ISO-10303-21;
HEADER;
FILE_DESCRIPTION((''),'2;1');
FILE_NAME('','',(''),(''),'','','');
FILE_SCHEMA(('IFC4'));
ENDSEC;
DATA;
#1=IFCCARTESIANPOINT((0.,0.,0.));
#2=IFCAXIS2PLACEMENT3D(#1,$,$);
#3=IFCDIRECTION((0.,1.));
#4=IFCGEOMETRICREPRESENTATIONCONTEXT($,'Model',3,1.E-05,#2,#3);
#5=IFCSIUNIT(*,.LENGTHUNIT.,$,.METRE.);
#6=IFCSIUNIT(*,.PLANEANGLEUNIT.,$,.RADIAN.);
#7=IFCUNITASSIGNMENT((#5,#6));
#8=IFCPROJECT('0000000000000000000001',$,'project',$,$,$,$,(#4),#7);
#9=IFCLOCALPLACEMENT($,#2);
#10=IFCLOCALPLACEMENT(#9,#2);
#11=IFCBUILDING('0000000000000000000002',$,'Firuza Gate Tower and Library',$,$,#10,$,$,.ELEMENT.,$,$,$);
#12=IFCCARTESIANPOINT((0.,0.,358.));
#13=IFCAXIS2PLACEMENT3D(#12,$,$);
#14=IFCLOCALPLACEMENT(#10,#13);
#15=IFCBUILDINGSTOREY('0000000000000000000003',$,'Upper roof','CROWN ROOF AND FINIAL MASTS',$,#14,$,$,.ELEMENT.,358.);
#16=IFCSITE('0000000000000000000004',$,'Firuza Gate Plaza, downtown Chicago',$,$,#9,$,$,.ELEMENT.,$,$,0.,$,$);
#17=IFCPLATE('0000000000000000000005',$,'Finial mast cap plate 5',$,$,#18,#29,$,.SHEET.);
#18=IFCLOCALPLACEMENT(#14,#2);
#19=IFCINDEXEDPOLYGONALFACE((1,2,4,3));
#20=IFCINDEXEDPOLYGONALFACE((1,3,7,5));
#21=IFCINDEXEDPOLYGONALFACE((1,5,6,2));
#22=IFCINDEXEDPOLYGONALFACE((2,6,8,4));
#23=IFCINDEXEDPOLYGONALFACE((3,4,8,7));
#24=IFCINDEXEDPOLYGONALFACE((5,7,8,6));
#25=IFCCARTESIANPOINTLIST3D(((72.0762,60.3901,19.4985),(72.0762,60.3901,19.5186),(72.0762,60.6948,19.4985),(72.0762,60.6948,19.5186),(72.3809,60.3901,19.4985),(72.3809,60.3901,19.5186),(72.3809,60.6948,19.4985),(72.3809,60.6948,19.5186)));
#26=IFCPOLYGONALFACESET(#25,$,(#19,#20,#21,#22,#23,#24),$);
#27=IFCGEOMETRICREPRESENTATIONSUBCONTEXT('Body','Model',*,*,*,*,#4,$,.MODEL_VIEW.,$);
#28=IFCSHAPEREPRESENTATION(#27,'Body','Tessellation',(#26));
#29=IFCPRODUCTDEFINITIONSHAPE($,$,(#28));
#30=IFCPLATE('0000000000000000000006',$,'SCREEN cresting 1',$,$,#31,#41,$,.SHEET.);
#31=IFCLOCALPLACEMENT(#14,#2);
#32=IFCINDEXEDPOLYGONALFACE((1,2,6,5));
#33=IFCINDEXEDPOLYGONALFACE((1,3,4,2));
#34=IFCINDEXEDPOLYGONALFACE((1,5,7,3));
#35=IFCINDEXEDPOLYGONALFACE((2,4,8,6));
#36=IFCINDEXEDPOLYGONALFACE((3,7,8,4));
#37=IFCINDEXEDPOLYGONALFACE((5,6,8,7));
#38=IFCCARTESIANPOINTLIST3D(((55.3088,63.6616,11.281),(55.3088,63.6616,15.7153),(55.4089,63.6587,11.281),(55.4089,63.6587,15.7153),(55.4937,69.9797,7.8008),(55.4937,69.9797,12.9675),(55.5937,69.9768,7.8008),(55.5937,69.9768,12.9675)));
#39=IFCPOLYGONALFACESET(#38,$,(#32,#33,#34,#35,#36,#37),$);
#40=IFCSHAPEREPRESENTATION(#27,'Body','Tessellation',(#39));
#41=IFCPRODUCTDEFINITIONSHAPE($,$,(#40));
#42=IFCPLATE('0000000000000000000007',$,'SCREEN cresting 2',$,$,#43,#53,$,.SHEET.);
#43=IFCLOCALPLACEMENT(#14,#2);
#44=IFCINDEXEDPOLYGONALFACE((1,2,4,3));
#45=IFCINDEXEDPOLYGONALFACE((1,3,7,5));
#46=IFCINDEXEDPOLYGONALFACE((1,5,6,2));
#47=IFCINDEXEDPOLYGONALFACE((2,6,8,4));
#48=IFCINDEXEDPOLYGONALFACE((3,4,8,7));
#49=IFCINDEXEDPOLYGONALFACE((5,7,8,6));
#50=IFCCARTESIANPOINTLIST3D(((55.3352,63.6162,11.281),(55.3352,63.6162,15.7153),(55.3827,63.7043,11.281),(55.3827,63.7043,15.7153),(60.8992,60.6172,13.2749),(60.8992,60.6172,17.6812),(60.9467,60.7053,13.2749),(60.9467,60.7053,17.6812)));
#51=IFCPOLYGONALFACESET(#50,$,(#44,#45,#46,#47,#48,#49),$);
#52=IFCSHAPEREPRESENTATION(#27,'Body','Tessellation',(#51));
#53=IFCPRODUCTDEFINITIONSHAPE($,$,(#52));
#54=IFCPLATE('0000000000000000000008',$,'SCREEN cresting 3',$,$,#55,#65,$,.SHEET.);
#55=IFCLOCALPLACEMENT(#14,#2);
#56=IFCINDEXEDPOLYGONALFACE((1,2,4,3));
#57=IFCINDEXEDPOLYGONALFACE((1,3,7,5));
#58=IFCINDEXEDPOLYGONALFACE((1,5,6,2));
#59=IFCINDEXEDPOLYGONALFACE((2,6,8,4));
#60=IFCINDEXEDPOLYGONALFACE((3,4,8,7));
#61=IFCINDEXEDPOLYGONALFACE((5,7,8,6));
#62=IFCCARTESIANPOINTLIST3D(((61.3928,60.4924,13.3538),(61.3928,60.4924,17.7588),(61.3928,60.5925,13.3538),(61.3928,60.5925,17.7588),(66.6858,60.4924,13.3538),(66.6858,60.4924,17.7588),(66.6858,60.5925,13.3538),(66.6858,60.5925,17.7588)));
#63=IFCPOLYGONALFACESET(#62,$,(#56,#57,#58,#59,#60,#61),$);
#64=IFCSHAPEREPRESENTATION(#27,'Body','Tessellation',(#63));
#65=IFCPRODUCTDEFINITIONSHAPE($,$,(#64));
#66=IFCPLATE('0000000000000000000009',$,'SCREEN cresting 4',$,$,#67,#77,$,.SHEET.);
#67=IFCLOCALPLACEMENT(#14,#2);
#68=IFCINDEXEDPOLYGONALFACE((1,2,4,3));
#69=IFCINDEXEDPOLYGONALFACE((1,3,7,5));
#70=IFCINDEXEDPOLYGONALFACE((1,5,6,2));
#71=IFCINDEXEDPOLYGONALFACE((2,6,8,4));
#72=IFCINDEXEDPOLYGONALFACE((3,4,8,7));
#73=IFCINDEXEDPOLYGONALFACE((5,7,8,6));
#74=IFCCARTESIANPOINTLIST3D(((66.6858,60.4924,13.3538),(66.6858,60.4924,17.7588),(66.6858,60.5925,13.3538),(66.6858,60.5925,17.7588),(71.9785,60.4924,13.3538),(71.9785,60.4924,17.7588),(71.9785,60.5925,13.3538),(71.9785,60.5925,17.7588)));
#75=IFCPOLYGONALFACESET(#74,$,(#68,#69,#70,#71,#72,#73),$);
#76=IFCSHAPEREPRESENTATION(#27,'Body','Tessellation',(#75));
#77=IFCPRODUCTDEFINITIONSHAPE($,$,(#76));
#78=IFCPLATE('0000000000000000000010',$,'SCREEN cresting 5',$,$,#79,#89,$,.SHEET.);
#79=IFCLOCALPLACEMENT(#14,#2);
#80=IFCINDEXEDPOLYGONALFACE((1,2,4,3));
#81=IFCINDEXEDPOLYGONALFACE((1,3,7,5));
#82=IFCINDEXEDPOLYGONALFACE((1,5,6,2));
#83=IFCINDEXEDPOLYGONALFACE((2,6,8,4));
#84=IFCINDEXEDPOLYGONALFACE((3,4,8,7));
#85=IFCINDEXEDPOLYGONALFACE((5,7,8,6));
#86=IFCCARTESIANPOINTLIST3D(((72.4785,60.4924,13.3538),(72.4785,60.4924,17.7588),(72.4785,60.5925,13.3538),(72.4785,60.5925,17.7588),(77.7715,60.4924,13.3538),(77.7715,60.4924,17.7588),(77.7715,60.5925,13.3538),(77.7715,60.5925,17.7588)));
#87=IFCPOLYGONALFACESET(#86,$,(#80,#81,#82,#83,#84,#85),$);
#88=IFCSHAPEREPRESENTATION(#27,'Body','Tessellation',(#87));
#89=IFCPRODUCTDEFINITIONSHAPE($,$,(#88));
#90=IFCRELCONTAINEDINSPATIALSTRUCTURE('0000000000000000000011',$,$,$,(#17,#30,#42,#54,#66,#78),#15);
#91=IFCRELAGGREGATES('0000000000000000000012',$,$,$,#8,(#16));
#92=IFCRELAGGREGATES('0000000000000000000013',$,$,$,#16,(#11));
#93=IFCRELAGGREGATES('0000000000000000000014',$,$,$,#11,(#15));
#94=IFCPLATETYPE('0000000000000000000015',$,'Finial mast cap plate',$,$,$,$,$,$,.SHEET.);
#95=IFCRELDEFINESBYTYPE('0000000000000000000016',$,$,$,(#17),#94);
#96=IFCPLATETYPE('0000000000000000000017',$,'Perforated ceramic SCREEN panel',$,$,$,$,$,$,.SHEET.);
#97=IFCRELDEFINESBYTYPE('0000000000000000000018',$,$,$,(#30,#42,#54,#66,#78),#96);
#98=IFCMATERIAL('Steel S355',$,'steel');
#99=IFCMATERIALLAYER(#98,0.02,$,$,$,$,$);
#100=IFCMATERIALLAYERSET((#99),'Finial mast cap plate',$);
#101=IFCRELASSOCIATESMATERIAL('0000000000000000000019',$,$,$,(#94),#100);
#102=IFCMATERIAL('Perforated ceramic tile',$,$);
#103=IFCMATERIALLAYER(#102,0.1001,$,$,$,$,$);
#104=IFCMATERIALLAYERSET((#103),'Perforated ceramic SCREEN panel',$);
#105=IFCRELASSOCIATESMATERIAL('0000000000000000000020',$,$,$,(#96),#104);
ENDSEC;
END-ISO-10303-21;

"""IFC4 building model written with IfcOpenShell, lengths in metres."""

from ifc_helpers import new_model, si_unit, direction, frame, origin, origin_2d, place, context, subcontext, project, spatial, polyline, rectangle, outline, extrude, material, layer, layer_set, type_object, element, save


model = new_model("IFC4")

# Units and contexts
model_context = context("Model", 3, precision=1e-05, world=origin(), true_north=direction((0.0, 1.0)))
body_context = subcontext(model_context, "Body", "Model", "MODEL_VIEW")
ifc_project = project(units=[si_unit("LENGTHUNIT", "METRE"), si_unit("PLANEANGLEUNIT", "RADIAN")], contexts=[model_context])

# Site, building, storey
site_placement = place(None, origin())
site = spatial("IfcSite", under=ifc_project, at=site_placement, Name="Firuza Gate Plaza, downtown Chicago", CompositionType="ELEMENT", RefElevation=0.0)
building_placement = place(site_placement, origin())
building = spatial("IfcBuilding", under=site, at=building_placement, Name="Firuza Gate Tower and Library", CompositionType="ELEMENT")
storey_placement = place(building_placement, frame((0.0, 0.0, 358.0)))
storey = spatial("IfcBuildingStorey", under=building, at=storey_placement, Name="Upper roof", Description="CROWN ROOF AND FINIAL MASTS", CompositionType="ELEMENT", Elevation=358.0)

# Plates
ifc_material_1 = material(Name="Steel S355", Category="steel")
ifc_layer_1 = layer(ifc_material_1, 0.02)
ifc_layer_set_1 = layer_set([ifc_layer_1], Name="Finial mast cap plate")
plate_type_1 = type_object("IfcPlateType", Name="Finial mast cap plate", PredefinedType="SHEET", material=ifc_layer_set_1)
for number, where, z_axis, x_axis, name in (
    (1, (72.2285, 60.5425, 19.4985), (0.0, 0.0, 1.0), (1.0, 0.0, 0.0), "Finial mast cap plate 5"),
):
    element("IfcPlate", number, at=place(storey_placement, frame(where, z_axis=z_axis, x_axis=x_axis)), inside=storey, type_object=plate_type_1, Name=name, PredefinedType="SHEET", context=body_context, shape_type="SweptSolid", body=[
        extrude(rectangle(XDim=0.3047, YDim=0.3047, at=origin_2d()), origin(), (0.0, 0.0, 1.0), 0.02),
    ])
ifc_material_2 = material(Name="Perforated ceramic tile")
ifc_layer_2 = layer(ifc_material_2, 0.1001)
ifc_layer_set_2 = layer_set([ifc_layer_2], Name="Perforated ceramic SCREEN panel")
plate_type_2 = type_object("IfcPlateType", Name="Perforated ceramic SCREEN panel", PredefinedType="SHEET", material=ifc_layer_set_2)
plate_1_placement = place(storey_placement, frame((55.4937, 69.9797, 7.8008), z_axis=(-0.999572, 0.029239, 0.0), x_axis=(-0.025613, -0.87562, 0.48232)))
element("IfcPlate", 2, at=plate_1_placement, inside=storey, type_object=plate_type_2, Name="SCREEN cresting 1", PredefinedType="SHEET", context=body_context, shape_type="SweptSolid", body=[
    extrude(outline(polyline([(0.0, 0.0), (7.2156, 0.0), (9.3544, 3.8844), (2.492, 4.526), (0.0, 0.0)])), origin(), (0.0, 0.0, -1.0), 0.1001),
])
plate_2_placement = place(storey_placement, frame((55.3352, 63.6162, 11.281), z_axis=(-0.474473, -0.88027, 0.0), x_axis=(0.839491, -0.452493, 0.300839)))
element("IfcPlate", 3, at=plate_2_placement, inside=storey, type_object=plate_type_2, Name="SCREEN cresting 2", PredefinedType="SHEET", context=body_context, shape_type="SweptSolid", body=[
    extrude(outline(polyline([(0.0, 0.0), (6.6278, 0.0), (7.9534, 4.2021), (1.334, 4.2289), (0.0, 0.0)])), origin(), (0.0, 0.0, -1.0), 0.1001),
])
plate_3_placement = place(storey_placement, frame((61.3928, 60.4924, 13.3538), z_axis=(0.0, -1.0, 0.0), x_axis=(1.0, 0.0, 0.0)))
element("IfcPlate", 4, at=plate_3_placement, inside=storey, type_object=plate_type_2, Name="SCREEN cresting 3", PredefinedType="SHEET", context=body_context, shape_type="SweptSolid", body=[
    extrude(outline(polyline([(0.0, 0.0), (5.293, 0.0), (5.293, 4.405), (0.0, 4.405), (0.0, 0.0)])), origin(), (0.0, 0.0, -1.0), 0.1001),
])
plate_4_placement = place(storey_placement, frame((66.6858, 60.4924, 13.3538), z_axis=(0.0, -1.0, 0.0), x_axis=(1.0, 0.0, 0.0)))
element("IfcPlate", 5, at=plate_4_placement, inside=storey, type_object=plate_type_2, Name="SCREEN cresting 4", PredefinedType="SHEET", context=body_context, shape_type="SweptSolid", body=[
    extrude(outline(polyline([(0.0, 0.0), (5.2927, 0.0), (5.2927, 4.405), (0.0, 4.405), (0.0, 0.0)])), origin(), (0.0, 0.0, -1.0), 0.1001),
])
plate_5_placement = place(storey_placement, frame((72.4785, 60.4924, 13.3538), z_axis=(0.0, -1.0, 0.0), x_axis=(1.0, 0.0, 0.0)))
element("IfcPlate", 6, at=plate_5_placement, inside=storey, type_object=plate_type_2, Name="SCREEN cresting 5", PredefinedType="SHEET", context=body_context, shape_type="SweptSolid", body=[
    extrude(outline(polyline([(0.0, 0.0), (5.293, 0.0), (5.293, 4.405), (0.0, 4.405), (0.0, 0.0)])), origin(), (0.0, 0.0, -1.0), 0.1001),
])

save(model, "model.ifc")
